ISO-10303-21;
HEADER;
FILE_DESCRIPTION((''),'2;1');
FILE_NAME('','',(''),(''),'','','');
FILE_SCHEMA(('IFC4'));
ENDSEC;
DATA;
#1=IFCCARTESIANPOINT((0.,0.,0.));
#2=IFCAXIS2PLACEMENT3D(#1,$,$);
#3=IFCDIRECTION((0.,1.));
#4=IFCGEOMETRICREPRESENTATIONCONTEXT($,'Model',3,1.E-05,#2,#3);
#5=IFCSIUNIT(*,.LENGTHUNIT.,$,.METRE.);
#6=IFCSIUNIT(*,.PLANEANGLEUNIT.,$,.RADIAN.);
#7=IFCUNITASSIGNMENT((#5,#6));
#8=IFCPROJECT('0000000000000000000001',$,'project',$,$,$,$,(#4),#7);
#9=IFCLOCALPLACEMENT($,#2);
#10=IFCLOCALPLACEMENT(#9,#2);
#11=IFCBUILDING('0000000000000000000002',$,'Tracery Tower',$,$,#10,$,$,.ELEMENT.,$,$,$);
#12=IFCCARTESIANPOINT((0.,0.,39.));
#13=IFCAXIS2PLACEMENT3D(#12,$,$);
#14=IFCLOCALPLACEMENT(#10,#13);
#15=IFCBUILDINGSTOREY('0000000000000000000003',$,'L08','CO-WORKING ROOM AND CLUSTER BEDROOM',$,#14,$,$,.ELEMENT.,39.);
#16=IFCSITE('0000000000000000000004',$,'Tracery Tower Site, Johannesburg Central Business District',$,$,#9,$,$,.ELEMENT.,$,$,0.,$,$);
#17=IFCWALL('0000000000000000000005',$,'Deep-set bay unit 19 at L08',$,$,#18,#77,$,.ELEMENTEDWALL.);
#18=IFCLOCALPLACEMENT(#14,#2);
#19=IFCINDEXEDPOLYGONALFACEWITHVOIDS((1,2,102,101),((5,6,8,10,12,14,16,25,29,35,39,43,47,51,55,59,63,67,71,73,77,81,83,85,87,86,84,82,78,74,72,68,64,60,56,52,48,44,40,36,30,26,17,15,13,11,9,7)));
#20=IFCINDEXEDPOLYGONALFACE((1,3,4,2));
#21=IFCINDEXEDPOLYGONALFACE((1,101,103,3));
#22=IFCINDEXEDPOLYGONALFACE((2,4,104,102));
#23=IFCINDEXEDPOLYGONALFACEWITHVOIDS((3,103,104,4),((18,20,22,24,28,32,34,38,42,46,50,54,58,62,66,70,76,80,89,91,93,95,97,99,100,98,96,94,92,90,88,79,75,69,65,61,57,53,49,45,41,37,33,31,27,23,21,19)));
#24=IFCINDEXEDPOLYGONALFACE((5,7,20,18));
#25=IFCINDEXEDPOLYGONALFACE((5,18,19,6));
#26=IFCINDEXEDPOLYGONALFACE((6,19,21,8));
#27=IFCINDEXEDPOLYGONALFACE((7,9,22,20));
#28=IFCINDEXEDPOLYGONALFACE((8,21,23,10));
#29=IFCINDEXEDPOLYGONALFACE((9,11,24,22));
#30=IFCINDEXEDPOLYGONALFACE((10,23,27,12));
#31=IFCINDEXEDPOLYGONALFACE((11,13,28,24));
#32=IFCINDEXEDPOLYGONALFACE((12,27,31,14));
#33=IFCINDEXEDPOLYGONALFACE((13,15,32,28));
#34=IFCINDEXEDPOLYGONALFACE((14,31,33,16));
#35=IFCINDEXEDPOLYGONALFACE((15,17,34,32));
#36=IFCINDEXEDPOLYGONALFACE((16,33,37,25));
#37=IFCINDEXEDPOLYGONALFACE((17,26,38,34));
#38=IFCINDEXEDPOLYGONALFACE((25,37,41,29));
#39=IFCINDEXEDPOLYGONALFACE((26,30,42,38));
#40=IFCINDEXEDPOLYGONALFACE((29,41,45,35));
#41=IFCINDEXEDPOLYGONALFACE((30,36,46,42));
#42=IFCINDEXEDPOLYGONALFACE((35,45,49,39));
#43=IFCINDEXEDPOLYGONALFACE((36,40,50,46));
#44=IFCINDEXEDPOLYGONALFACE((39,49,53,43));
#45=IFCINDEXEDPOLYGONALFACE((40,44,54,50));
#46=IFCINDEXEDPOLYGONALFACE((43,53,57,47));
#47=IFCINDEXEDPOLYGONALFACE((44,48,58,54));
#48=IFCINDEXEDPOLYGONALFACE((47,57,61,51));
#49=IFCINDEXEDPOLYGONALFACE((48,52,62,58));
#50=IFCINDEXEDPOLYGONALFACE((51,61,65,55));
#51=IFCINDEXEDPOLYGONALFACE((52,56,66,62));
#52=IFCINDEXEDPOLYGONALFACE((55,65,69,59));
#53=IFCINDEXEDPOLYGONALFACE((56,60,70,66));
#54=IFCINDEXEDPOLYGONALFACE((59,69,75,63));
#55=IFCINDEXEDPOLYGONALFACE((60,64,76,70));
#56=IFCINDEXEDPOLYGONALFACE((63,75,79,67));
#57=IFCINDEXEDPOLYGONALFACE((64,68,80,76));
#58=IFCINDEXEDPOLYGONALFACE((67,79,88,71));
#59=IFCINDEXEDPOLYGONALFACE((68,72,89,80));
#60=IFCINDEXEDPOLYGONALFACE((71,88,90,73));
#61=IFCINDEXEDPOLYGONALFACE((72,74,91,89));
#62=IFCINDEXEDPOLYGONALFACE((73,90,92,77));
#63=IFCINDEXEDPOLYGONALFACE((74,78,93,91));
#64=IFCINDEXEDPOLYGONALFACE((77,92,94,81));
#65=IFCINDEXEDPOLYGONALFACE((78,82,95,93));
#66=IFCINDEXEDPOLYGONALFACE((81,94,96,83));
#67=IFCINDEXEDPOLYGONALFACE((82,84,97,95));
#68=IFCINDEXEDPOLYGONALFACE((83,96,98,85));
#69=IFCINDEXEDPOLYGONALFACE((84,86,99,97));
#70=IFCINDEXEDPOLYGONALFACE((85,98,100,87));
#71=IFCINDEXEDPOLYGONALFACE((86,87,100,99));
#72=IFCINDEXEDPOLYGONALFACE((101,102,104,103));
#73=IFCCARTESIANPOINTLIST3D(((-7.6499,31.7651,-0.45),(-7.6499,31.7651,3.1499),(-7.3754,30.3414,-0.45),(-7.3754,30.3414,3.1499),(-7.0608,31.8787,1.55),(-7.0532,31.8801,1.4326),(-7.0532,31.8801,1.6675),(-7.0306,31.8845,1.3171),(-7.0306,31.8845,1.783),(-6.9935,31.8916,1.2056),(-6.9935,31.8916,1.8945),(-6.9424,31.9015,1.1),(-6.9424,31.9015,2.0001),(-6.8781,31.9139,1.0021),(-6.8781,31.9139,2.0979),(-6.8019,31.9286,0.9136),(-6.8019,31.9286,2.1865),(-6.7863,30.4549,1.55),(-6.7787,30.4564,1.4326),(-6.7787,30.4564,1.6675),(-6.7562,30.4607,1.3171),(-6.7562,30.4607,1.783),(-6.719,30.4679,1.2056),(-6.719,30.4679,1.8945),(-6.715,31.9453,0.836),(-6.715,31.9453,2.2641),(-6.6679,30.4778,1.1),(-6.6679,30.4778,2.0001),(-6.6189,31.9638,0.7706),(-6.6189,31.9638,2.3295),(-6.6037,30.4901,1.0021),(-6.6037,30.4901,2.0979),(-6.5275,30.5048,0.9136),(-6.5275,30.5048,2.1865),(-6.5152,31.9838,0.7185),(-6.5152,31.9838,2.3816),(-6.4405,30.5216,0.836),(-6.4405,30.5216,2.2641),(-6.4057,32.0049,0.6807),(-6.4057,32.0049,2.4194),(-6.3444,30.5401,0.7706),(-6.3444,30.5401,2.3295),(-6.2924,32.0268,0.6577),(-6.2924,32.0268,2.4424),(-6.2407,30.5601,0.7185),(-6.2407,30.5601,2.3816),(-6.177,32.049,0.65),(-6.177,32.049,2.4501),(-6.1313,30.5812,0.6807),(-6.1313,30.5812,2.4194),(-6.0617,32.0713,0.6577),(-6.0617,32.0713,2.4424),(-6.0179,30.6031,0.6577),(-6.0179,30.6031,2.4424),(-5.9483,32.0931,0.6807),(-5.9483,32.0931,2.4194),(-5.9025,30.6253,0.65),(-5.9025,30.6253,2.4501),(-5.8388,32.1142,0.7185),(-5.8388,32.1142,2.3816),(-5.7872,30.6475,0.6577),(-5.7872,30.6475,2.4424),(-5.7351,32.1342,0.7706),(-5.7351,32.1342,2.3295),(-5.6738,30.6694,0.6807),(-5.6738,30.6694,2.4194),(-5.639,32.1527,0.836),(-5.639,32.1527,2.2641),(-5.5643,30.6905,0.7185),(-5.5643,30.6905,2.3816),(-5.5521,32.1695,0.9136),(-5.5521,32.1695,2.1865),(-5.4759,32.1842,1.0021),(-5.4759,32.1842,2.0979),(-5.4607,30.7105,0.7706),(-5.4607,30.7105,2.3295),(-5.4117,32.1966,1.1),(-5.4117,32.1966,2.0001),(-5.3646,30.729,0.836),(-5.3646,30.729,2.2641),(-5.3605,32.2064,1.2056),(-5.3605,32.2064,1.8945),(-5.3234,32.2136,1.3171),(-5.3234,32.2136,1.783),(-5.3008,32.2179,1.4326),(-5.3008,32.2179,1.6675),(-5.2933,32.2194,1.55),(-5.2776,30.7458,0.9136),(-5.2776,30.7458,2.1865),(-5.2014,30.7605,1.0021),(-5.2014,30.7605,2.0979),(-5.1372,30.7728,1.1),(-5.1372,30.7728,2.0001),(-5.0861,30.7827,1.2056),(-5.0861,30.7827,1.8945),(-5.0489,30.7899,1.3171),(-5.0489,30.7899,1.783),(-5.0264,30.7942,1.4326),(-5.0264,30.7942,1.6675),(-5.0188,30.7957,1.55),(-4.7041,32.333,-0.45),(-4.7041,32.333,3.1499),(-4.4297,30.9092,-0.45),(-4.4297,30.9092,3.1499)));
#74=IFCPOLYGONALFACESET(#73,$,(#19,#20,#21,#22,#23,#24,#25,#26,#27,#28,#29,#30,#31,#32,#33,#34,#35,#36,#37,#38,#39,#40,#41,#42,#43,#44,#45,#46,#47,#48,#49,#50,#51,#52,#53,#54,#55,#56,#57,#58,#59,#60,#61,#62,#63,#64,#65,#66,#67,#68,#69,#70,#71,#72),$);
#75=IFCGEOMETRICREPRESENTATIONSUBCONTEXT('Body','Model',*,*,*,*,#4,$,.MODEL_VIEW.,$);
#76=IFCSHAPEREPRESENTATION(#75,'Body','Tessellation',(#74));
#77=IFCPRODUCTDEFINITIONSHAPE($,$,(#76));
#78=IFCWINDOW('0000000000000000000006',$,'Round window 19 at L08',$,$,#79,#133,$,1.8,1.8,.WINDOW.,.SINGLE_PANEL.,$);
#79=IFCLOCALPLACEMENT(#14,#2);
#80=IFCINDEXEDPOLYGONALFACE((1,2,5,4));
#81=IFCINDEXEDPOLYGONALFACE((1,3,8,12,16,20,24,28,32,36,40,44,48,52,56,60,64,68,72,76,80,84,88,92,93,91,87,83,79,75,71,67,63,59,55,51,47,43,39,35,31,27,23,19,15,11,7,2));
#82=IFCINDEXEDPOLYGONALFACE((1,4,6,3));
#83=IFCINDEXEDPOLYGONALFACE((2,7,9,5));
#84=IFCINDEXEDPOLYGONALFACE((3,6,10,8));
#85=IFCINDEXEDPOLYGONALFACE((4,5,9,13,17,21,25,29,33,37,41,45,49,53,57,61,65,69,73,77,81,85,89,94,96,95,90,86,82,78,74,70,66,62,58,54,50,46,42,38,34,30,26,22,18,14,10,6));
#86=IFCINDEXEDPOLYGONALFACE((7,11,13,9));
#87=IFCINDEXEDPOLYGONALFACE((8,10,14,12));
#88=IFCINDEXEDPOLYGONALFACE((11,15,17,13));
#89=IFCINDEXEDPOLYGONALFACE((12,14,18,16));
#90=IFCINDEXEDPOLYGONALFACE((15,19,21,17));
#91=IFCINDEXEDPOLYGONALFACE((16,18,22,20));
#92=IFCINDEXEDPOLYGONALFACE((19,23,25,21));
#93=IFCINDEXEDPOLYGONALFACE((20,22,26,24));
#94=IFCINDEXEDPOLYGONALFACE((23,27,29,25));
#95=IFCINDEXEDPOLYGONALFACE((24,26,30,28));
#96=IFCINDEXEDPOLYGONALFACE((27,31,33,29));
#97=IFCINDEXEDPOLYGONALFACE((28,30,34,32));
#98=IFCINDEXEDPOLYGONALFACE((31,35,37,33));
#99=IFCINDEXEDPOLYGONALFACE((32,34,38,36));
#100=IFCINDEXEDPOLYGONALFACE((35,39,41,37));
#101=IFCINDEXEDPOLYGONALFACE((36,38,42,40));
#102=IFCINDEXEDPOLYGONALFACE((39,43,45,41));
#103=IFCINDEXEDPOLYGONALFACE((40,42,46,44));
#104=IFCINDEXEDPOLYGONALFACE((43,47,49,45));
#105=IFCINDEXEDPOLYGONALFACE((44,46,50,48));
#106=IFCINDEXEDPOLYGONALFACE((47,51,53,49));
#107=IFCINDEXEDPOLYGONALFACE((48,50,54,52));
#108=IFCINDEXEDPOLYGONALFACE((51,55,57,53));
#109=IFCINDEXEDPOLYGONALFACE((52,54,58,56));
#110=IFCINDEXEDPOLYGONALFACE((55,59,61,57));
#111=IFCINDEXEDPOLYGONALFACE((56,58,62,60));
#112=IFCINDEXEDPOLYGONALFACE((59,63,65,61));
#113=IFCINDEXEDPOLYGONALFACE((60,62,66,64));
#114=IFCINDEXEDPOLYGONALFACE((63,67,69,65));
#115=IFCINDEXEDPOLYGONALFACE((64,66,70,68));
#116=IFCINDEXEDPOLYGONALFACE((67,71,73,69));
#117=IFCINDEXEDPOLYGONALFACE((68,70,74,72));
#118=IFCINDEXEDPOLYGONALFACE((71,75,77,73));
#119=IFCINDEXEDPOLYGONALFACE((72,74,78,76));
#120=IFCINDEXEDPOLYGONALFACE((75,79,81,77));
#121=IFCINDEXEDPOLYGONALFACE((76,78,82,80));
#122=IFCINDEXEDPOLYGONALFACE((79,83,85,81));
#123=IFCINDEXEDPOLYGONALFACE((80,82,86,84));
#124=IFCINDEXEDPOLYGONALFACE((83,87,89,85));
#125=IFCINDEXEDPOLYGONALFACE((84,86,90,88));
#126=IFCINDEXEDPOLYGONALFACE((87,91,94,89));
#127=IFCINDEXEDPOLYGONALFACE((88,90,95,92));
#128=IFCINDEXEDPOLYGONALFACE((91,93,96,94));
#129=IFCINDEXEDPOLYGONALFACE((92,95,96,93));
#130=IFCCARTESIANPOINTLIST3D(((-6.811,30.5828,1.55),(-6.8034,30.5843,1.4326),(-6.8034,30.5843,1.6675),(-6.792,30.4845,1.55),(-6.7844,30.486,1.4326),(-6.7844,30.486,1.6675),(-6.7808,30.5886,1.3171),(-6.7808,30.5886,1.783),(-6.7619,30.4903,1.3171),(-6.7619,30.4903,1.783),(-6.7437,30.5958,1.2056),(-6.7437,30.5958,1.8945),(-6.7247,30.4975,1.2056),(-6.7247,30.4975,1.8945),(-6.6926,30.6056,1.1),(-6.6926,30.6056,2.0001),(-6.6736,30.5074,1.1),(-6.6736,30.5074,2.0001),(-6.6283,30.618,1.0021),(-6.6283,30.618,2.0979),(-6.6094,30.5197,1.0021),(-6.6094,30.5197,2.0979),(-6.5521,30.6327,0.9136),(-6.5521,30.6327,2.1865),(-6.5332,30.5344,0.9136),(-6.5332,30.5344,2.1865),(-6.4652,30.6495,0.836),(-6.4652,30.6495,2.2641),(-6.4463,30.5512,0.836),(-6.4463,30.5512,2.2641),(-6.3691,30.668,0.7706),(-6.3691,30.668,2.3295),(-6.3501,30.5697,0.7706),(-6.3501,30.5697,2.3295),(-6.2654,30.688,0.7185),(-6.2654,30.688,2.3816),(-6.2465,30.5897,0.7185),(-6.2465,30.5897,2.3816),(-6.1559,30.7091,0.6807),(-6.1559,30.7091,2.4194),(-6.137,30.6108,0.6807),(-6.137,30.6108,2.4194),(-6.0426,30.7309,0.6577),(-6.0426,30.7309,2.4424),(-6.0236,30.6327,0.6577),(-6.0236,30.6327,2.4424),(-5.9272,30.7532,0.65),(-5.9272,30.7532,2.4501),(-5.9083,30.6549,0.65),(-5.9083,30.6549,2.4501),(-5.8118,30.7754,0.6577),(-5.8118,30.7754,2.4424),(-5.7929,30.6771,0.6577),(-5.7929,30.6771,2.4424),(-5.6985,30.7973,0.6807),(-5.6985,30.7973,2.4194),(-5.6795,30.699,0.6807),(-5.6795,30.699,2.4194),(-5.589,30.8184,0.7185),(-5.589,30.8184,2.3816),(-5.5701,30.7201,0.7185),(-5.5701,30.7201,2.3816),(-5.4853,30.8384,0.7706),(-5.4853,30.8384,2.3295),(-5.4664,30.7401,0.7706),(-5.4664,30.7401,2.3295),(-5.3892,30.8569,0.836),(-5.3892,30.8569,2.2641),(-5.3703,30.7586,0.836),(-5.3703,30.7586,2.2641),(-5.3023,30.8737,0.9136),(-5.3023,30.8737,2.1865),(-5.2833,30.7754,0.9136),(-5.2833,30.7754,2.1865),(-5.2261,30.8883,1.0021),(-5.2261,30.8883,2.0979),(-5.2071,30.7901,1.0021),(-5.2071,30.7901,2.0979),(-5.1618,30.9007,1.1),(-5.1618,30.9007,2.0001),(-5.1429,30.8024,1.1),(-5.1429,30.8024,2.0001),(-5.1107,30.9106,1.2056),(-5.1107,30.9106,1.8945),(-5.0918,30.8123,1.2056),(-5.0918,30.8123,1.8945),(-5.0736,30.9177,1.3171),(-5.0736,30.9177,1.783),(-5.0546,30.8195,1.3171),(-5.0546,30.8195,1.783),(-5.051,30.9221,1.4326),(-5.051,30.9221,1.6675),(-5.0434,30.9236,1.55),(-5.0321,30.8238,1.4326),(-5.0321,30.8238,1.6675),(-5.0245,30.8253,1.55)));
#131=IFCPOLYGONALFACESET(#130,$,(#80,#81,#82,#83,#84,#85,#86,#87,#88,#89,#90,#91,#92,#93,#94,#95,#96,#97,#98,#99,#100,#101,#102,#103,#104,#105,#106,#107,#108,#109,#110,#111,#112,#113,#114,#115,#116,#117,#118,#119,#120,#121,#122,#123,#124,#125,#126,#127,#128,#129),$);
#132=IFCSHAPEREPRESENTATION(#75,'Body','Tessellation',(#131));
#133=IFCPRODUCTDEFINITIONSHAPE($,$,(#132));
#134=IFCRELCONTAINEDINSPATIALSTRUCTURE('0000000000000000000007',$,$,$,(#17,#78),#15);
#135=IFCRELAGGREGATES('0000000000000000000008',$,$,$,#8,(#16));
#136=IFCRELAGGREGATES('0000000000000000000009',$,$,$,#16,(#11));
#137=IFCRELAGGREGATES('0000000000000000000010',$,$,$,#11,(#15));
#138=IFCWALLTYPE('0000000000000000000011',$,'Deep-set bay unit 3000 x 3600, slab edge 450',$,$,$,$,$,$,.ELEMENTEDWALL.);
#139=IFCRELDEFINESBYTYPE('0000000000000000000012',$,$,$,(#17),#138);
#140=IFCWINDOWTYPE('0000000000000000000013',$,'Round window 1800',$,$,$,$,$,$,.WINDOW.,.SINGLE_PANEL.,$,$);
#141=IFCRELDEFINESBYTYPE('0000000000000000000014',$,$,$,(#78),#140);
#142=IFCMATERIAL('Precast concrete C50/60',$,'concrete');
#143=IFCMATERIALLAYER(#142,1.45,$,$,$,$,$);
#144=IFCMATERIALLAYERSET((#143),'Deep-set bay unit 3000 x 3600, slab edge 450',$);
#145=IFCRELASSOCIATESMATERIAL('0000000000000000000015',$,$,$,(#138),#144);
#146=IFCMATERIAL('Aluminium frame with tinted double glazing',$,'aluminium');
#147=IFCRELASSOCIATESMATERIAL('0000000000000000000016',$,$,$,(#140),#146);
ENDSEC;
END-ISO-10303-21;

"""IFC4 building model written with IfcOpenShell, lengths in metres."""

from ifc_helpers import new_model, si_unit, direction, frame, frame_2d, origin, origin_2d, place, context, subcontext, project, spatial, rectangle, circle, extrude, material, layer, layer_set, type_object, element, fill, save


model = new_model("IFC4")

# Units and contexts
model_context = context("Model", 3, precision=1e-05, world=origin(), true_north=direction((0.0, 1.0)))
body_context = subcontext(model_context, "Body", "Model", "MODEL_VIEW")
ifc_project = project(units=[si_unit("LENGTHUNIT", "METRE"), si_unit("PLANEANGLEUNIT", "RADIAN")], contexts=[model_context])

# Site, building, storey
site_placement = place(None, origin())
site = spatial("IfcSite", under=ifc_project, at=site_placement, Name="Tracery Tower Site, Johannesburg Central Business District", CompositionType="ELEMENT", RefElevation=0.0)
building_placement = place(site_placement, origin())
building = spatial("IfcBuilding", under=site, at=building_placement, Name="Tracery Tower", CompositionType="ELEMENT")
storey_placement = place(building_placement, frame((0.0, 0.0, 39.0)))
storey = spatial("IfcBuildingStorey", under=building, at=storey_placement, Name="L08", Description="CO-WORKING ROOM AND CLUSTER BEDROOM", CompositionType="ELEMENT", Elevation=39.0)

# Wall, opening, window
ifc_material_1 = material(Name="Precast concrete C50/60", Category="concrete")
ifc_layer_1 = layer(ifc_material_1, 1.45)
ifc_layer_set_1 = layer_set([ifc_layer_1], Name="Deep-set bay unit 3000 x 3600, slab edge 450")
wall_type_1 = type_object("IfcWallType", Name="Deep-set bay unit 3000 x 3600, slab edge 450", PredefinedType="ELEMENTEDWALL", material=ifc_layer_set_1)
wall_1_placement = place(storey_placement, frame((-4.5669, 31.6211, -0.45), z_axis=(0.0, 0.0, 1.0), x_axis=(-0.981922, -0.189288, 0.0)))
wall_1 = element("IfcWall", 1, at=wall_1_placement, inside=storey, type_object=wall_type_1, Name="Deep-set bay unit 19 at L08", PredefinedType="ELEMENTEDWALL", context=body_context, shape_type="SweptSolid", body=[
    extrude(rectangle(XDim=3.0, YDim=1.45, at=frame_2d((1.5, 0.0))), origin(), (0.0, 0.0, 1.0), 3.5999),
])
opening_1_placement = place(wall_1_placement, frame((1.5, 0.0, 2.0)))
opening_1 = element("IfcOpeningElement", 2, at=opening_1_placement, cuts=wall_1, PredefinedType="OPENING", context=body_context, shape_type="SweptSolid", body=[
    extrude(circle(Radius=0.9, at=origin_2d()), frame((0.0, 0.7349, 0.0), z_axis=(0.0, -1.0, 0.0), x_axis=(1.0, 0.0, 0.0)), (0.0, 0.0, 1.0), 1.47),
])
ifc_material_2 = material(Name="Aluminium frame with tinted double glazing", Category="aluminium")
window_type = type_object("IfcWindowType", Name="Round window 1800", PartitioningType="SINGLE_PANEL", PredefinedType="WINDOW", material=ifc_material_2)
window_1_placement = place(opening_1_placement, origin())
window_1 = element("IfcWindow", 3, at=window_1_placement, inside=storey, type_object=window_type, Name="Round window 19 at L08", OverallHeight=1.8, OverallWidth=1.8, PartitioningType="SINGLE_PANEL", PredefinedType="WINDOW", context=body_context, shape_type="SweptSolid", body=[
    extrude(circle(Radius=0.9, at=origin_2d()), frame((0.0, 0.6948, 0.0), z_axis=(0.0, -1.0, 0.0), x_axis=(1.0, 0.0, 0.0)), (0.0, 0.0, 1.0), 0.1001),
])
fill(opening_1, window_1)

save(model, "model.ifc")
